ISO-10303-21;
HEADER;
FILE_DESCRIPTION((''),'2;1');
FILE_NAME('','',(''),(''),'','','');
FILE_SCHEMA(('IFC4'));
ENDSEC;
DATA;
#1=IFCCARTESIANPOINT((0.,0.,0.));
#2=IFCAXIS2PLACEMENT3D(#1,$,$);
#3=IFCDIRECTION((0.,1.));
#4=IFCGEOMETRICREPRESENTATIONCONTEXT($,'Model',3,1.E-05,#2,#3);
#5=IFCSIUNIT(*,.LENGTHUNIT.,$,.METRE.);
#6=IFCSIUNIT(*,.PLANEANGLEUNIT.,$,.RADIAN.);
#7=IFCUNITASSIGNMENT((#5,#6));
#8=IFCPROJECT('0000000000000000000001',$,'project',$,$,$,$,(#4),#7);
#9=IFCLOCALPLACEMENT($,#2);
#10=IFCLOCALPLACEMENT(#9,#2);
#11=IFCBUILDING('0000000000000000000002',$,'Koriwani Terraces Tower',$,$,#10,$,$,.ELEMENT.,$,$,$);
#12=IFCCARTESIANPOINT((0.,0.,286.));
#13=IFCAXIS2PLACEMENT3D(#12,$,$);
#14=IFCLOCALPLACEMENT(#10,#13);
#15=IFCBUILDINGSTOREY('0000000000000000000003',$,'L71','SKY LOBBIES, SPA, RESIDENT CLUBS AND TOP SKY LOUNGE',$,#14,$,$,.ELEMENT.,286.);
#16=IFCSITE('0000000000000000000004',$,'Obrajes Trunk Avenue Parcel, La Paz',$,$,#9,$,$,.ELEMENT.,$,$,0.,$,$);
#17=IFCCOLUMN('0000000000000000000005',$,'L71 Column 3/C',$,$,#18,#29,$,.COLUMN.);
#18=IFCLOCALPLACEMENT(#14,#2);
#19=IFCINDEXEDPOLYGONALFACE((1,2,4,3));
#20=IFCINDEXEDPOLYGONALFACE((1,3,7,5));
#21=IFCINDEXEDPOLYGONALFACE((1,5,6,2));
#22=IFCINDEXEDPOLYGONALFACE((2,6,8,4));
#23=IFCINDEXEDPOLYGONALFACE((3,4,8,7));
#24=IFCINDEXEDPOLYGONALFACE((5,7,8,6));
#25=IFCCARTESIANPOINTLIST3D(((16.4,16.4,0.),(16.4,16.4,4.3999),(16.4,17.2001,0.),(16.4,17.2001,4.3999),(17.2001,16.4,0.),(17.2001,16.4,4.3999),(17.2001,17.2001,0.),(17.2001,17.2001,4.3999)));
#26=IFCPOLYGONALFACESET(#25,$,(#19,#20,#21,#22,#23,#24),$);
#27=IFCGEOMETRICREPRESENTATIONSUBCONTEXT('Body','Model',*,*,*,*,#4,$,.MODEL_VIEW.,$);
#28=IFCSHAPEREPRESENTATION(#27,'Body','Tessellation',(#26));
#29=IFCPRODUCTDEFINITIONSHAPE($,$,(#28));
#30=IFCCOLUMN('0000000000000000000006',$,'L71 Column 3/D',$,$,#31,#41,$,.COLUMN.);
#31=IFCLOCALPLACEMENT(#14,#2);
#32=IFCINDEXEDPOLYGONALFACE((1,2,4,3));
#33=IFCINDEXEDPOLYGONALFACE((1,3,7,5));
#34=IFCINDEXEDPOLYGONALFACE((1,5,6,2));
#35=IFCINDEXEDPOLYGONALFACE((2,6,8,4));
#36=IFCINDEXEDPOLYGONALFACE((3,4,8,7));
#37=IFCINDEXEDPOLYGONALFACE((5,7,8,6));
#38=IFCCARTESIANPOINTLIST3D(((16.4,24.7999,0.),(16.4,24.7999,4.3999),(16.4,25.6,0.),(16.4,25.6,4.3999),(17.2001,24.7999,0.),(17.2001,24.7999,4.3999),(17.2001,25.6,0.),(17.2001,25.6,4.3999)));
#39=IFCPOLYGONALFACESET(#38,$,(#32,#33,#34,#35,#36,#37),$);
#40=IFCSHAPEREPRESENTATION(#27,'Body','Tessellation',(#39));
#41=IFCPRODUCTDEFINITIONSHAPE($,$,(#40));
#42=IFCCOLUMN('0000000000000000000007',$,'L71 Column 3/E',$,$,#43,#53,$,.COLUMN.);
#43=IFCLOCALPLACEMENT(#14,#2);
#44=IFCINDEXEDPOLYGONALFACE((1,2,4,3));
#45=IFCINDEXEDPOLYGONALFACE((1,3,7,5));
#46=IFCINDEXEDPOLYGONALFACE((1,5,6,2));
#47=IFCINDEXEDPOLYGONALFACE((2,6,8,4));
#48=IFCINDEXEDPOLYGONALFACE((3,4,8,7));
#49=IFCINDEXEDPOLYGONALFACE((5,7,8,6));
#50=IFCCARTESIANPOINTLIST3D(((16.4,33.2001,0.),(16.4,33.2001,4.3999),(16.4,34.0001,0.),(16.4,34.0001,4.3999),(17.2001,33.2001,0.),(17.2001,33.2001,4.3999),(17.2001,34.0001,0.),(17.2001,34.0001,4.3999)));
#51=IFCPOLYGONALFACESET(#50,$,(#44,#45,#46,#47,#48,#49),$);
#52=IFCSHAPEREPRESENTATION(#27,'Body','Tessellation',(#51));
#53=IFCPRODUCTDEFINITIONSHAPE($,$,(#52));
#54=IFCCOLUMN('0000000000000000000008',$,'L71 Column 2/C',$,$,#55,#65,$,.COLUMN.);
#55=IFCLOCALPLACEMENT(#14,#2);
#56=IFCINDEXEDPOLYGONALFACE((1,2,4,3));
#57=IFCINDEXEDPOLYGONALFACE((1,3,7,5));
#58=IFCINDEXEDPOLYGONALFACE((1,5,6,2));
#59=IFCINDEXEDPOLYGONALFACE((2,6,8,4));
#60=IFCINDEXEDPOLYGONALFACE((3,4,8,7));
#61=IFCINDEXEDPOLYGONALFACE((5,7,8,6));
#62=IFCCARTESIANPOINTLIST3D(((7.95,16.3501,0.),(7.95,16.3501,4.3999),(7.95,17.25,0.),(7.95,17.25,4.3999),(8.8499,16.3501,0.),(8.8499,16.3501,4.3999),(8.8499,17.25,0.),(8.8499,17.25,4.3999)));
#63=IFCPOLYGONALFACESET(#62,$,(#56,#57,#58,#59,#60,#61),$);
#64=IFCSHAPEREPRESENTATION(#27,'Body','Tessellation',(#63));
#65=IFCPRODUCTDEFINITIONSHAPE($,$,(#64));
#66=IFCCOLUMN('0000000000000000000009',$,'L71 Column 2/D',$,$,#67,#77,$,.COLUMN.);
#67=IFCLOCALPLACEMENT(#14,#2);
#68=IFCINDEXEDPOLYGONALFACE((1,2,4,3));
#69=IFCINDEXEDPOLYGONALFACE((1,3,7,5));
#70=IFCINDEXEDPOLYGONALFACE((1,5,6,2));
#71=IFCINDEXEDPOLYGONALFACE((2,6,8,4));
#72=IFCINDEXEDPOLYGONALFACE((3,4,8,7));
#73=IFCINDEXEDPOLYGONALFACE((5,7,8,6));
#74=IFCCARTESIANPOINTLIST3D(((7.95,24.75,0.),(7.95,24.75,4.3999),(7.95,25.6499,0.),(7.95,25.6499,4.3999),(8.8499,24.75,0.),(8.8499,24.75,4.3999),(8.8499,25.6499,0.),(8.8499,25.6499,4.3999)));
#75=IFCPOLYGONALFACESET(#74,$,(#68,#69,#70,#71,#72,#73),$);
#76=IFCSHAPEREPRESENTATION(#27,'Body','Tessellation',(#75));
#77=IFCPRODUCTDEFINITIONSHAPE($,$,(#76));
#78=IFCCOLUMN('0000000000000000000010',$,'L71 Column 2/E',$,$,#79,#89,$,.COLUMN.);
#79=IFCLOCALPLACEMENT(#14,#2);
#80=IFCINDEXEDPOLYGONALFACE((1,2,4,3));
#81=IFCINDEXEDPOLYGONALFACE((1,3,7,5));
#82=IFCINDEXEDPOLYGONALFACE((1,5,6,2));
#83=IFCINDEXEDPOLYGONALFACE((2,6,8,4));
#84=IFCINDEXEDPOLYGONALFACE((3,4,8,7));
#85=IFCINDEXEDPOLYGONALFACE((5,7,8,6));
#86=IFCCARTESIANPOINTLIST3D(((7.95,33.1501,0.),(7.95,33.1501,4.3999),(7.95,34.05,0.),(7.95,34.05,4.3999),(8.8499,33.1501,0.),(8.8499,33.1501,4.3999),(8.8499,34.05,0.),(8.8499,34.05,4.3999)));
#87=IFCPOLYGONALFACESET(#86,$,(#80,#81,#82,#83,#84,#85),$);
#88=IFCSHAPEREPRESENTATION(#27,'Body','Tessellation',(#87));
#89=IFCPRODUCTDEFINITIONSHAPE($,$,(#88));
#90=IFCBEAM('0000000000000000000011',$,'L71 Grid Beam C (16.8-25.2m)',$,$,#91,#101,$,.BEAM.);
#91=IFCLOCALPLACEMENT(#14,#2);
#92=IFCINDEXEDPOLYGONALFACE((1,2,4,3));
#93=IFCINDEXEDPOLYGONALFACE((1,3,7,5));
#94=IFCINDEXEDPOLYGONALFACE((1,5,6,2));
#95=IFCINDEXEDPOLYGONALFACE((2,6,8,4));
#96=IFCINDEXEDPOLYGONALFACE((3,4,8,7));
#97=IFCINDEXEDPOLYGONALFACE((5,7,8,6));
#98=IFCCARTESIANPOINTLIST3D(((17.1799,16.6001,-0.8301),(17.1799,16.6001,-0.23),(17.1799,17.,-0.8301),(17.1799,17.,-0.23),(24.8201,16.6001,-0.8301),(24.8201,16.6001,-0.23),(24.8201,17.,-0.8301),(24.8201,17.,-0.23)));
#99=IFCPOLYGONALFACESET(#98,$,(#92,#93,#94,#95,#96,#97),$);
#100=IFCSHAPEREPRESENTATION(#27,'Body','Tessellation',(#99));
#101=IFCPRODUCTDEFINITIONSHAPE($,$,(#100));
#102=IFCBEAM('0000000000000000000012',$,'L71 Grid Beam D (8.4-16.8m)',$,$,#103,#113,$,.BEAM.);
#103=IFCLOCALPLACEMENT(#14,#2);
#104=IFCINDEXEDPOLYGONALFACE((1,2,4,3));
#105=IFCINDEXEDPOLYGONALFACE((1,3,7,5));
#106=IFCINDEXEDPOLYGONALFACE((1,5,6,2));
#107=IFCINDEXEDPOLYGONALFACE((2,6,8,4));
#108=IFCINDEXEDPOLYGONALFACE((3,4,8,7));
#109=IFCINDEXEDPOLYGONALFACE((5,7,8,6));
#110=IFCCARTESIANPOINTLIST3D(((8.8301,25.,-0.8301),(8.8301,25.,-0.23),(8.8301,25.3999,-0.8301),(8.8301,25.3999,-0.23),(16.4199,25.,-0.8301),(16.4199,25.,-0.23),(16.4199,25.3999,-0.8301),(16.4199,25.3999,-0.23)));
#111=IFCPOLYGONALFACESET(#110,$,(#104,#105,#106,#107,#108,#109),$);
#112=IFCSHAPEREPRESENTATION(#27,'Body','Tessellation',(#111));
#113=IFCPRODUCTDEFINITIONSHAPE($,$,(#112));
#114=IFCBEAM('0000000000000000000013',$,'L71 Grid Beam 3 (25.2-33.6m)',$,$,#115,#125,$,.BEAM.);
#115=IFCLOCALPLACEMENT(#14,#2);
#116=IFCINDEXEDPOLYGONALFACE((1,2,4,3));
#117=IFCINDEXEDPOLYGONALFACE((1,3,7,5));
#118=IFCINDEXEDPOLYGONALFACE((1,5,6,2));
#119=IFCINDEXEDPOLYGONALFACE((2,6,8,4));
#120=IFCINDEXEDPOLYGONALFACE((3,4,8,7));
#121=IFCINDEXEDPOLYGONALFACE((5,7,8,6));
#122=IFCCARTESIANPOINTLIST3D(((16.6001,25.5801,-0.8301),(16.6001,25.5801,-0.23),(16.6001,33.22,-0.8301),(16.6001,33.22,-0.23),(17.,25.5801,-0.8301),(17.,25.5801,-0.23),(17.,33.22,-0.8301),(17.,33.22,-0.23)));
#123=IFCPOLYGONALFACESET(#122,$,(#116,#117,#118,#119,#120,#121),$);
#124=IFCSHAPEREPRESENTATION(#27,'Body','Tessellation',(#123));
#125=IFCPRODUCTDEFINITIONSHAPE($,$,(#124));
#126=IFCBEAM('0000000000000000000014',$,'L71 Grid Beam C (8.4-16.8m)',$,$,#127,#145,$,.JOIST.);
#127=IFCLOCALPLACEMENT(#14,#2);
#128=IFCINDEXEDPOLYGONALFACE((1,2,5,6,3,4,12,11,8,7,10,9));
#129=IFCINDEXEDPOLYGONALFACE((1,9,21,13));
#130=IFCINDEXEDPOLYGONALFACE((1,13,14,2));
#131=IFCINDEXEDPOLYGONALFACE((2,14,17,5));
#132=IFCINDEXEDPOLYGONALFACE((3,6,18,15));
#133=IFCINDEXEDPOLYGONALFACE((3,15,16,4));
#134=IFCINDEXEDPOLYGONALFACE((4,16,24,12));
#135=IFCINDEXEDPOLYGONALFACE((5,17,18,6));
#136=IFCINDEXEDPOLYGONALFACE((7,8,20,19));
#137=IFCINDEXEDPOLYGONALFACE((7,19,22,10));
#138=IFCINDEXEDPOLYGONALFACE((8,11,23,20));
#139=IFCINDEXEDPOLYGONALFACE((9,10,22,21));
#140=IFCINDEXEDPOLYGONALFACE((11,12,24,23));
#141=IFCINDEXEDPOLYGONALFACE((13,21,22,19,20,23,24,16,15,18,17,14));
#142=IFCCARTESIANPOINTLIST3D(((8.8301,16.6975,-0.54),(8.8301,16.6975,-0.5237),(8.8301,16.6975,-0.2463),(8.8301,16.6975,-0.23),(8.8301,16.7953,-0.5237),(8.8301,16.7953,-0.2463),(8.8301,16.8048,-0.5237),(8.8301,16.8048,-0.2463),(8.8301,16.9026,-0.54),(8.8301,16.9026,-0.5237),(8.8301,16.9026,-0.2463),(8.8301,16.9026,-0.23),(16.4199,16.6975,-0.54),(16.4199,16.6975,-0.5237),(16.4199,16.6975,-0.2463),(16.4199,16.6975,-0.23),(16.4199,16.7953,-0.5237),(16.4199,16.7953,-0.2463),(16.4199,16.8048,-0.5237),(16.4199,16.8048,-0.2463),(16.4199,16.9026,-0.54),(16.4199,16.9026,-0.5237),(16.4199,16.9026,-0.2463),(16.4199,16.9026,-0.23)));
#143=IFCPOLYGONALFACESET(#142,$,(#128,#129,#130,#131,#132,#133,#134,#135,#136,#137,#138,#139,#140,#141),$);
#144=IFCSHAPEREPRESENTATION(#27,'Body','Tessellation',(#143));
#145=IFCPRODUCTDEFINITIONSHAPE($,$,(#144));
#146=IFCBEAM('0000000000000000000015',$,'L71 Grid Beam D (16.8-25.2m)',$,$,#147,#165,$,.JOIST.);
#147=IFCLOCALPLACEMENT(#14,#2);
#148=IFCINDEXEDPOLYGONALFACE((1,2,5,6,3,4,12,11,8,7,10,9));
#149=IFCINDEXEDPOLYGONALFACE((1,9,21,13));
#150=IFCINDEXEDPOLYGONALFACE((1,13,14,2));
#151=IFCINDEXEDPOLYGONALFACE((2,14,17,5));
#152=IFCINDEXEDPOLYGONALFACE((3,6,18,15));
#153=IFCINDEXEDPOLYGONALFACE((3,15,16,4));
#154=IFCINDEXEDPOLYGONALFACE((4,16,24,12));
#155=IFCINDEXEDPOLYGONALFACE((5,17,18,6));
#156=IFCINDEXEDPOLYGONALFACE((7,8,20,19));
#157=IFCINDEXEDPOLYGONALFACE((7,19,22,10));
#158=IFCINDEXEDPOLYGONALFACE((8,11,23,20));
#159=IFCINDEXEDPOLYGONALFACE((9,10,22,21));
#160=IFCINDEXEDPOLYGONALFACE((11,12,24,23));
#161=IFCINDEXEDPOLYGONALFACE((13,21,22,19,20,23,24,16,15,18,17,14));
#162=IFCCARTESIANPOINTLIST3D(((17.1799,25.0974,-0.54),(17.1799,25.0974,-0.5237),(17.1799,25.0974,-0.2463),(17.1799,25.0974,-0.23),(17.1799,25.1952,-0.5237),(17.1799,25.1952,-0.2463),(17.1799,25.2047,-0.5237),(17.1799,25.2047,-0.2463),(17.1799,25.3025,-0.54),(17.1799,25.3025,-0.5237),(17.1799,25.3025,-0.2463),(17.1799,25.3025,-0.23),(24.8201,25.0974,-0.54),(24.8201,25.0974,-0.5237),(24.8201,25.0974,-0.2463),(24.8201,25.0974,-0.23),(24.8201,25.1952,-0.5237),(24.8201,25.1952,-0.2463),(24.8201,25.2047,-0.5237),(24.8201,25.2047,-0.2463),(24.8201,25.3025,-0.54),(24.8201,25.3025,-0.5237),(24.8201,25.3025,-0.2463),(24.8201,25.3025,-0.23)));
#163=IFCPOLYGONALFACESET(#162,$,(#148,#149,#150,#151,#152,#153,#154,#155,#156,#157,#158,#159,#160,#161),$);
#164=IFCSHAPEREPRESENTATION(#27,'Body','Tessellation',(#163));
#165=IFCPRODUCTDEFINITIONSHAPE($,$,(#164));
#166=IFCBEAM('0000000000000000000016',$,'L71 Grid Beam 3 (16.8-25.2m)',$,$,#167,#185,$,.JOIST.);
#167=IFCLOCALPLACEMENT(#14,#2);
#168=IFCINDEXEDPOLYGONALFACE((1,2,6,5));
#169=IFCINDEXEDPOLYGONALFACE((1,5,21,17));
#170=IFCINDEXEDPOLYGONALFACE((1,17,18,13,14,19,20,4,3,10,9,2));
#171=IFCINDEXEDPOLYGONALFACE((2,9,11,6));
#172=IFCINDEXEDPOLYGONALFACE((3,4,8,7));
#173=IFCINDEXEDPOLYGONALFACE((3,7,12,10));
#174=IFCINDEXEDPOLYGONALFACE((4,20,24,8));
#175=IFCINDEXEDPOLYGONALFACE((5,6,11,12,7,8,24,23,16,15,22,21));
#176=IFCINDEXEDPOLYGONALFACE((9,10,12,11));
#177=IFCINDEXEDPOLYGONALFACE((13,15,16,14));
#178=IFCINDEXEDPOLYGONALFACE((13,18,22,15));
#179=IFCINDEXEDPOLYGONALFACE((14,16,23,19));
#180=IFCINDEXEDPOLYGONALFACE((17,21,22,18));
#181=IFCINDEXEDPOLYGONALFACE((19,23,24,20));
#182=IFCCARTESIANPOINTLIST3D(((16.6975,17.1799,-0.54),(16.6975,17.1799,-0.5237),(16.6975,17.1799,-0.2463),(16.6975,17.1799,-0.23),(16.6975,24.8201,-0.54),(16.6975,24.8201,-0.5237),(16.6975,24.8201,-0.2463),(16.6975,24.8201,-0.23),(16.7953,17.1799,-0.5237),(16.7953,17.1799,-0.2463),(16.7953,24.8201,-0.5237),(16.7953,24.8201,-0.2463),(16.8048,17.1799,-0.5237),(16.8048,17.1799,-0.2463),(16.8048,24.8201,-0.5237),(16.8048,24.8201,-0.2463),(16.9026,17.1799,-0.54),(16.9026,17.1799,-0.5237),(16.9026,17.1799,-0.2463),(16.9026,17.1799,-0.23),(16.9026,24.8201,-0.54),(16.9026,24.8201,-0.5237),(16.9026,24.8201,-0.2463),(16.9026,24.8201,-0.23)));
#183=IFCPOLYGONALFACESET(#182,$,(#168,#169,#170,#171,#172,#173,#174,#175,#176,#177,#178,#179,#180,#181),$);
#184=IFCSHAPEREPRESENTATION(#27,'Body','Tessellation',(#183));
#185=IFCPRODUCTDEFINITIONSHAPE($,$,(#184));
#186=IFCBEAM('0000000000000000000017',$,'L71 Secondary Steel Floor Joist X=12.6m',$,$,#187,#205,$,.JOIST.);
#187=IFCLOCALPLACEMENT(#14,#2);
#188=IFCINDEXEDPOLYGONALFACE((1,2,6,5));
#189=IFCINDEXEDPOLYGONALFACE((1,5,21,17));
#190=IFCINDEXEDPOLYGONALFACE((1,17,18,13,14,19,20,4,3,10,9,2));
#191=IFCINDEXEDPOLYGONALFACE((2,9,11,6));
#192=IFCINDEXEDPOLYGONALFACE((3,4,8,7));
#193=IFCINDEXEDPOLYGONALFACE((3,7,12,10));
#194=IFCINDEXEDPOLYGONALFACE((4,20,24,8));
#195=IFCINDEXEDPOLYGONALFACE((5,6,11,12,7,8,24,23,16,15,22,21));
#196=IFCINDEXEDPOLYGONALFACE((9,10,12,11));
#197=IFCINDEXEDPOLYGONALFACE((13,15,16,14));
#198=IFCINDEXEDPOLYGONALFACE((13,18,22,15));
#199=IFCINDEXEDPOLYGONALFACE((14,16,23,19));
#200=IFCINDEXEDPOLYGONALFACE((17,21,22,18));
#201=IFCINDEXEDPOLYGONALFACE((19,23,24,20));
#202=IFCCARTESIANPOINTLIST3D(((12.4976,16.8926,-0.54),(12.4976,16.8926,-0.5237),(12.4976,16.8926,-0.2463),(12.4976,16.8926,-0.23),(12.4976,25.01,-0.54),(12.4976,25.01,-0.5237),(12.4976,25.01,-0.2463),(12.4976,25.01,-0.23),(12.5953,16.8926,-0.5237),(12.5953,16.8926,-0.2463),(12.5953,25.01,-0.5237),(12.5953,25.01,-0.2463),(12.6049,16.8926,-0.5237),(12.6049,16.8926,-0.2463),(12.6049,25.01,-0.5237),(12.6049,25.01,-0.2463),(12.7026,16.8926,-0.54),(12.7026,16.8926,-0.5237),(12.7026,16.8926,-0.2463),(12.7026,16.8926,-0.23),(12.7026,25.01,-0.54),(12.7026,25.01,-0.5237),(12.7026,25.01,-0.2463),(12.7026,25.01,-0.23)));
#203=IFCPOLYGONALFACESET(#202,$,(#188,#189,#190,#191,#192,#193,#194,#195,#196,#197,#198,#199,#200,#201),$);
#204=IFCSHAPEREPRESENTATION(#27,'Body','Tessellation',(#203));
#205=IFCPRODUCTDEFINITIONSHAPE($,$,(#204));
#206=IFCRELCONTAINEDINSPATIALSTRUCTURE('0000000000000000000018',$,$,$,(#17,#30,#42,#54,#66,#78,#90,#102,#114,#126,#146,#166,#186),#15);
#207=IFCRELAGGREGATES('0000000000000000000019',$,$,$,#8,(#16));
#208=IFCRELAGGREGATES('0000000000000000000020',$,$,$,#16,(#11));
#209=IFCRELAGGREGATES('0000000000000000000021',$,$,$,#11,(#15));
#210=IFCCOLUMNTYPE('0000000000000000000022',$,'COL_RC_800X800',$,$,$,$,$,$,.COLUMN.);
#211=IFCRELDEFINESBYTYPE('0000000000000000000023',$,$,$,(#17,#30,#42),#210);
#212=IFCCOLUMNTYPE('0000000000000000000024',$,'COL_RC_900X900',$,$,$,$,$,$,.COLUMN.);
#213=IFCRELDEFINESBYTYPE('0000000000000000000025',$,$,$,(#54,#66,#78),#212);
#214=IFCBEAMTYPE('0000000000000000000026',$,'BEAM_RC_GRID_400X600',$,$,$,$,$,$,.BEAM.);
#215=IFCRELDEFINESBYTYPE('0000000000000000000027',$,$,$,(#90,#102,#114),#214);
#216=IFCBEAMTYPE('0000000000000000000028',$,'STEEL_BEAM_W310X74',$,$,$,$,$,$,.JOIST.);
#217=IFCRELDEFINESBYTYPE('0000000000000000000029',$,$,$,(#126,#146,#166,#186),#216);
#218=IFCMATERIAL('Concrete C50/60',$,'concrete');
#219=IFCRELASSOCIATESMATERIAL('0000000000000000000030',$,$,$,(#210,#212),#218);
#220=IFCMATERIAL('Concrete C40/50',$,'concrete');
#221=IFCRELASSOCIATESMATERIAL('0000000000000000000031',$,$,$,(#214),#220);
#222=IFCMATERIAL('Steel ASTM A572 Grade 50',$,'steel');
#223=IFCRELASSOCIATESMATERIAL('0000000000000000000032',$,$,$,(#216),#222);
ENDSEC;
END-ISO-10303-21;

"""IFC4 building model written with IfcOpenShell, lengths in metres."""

from ifc_helpers import new_model, si_unit, direction, frame, origin, origin_2d, place, context, subcontext, project, spatial, rectangle, i_section, extrude, material, material_profile, profile_set, type_object, element, save


model = new_model("IFC4")

# Units and contexts
model_context = context("Model", 3, precision=1e-05, world=origin(), true_north=direction((0.0, 1.0)))
body_context = subcontext(model_context, "Body", "Model", "MODEL_VIEW")
ifc_project = project(units=[si_unit("LENGTHUNIT", "METRE"), si_unit("PLANEANGLEUNIT", "RADIAN")], contexts=[model_context])

# Site, building, storey
site_placement = place(None, origin())
site = spatial("IfcSite", under=ifc_project, at=site_placement, Name="Obrajes Trunk Avenue Parcel, La Paz", CompositionType="ELEMENT", RefElevation=0.0)
building_placement = place(site_placement, origin())
building = spatial("IfcBuilding", under=site, at=building_placement, Name="Koriwani Terraces Tower", CompositionType="ELEMENT")
storey_placement = place(building_placement, frame((0.0, 0.0, 286.0)))
storey = spatial("IfcBuildingStorey", under=building, at=storey_placement, Name="L71", Description="SKY LOBBIES, SPA, RESIDENT CLUBS AND TOP SKY LOUNGE", CompositionType="ELEMENT", Elevation=286.0)

# Columns
ifc_material_1 = material(Name="Concrete C50/60", Category="concrete")
ifc_material_profile_1 = material_profile(ifc_material_1, rectangle(XDim=0.8, YDim=0.8, at=origin_2d()), Name="Concrete C50/60", Category="LoadBearing")
ifc_profile_set_1 = profile_set([ifc_material_profile_1], Name="Concrete C50/60")
column_type_1 = type_object("IfcColumnType", Name="COL_RC_800X800", PredefinedType="COLUMN", material=ifc_profile_set_1)
for number, where, z_axis, x_axis, name in (
    (1, (16.8, 16.8, 0.0), (0.0, 0.0, 1.0), (1.0, 0.0, 0.0), "L71 Column 3/C"),
    (2, (16.8, 25.2, 0.0), (0.0, 0.0, 1.0), (1.0, 0.0, 0.0), "L71 Column 3/D"),
    (3, (16.8, 33.6001, 0.0), (0.0, 0.0, 1.0), (1.0, 0.0, 0.0), "L71 Column 3/E"),
):
    element("IfcColumn", number, at=place(storey_placement, frame(where, z_axis=z_axis, x_axis=x_axis)), inside=storey, type_object=column_type_1, Name=name, PredefinedType="COLUMN", context=body_context, shape_type="SweptSolid", body=[
        extrude(rectangle(XDim=0.8, YDim=0.8, at=origin_2d()), origin(), (0.0, 0.0, 1.0), 4.3999),
    ])
ifc_material_profile_2 = material_profile(ifc_material_1, rectangle(XDim=0.8999, YDim=0.8999, at=origin_2d()), Name="Concrete C50/60", Category="LoadBearing")
ifc_profile_set_2 = profile_set([ifc_material_profile_2], Name="Concrete C50/60")
column_type_2 = type_object("IfcColumnType", Name="COL_RC_900X900", PredefinedType="COLUMN", material=ifc_profile_set_2)
for number, where, z_axis, x_axis, name in (
    (4, (8.3999, 16.8, 0.0), (0.0, 0.0, 1.0), (1.0, 0.0, 0.0), "L71 Column 2/C"),
    (5, (8.3999, 25.2, 0.0), (0.0, 0.0, 1.0), (1.0, 0.0, 0.0), "L71 Column 2/D"),
    (6, (8.3999, 33.6001, 0.0), (0.0, 0.0, 1.0), (1.0, 0.0, 0.0), "L71 Column 2/E"),
):
    element("IfcColumn", number, at=place(storey_placement, frame(where, z_axis=z_axis, x_axis=x_axis)), inside=storey, type_object=column_type_2, Name=name, PredefinedType="COLUMN", context=body_context, shape_type="SweptSolid", body=[
        extrude(rectangle(XDim=0.8999, YDim=0.8999, at=origin_2d()), origin(), (0.0, 0.0, 1.0), 4.3999),
    ])

# Beams
ifc_material_2 = material(Name="Concrete C40/50", Category="concrete")
ifc_material_profile_3 = material_profile(ifc_material_2, rectangle(XDim=0.3999, YDim=0.6001, at=origin_2d()), Name="Concrete C40/50", Category="LoadBearing")
ifc_profile_set_3 = profile_set([ifc_material_profile_3], Name="Concrete C40/50")
beam_type_1 = type_object("IfcBeamType", Name="BEAM_RC_GRID_400X600", PredefinedType="BEAM", material=ifc_profile_set_3)
beam_1_placement = place(storey_placement, frame((17.1799, 16.8, -0.53), z_axis=(1.0, 0.0, 0.0), x_axis=(0.0, 1.0, 0.0)))
element("IfcBeam", 7, at=beam_1_placement, inside=storey, type_object=beam_type_1, Name="L71 Grid Beam C (16.8-25.2m)", PredefinedType="BEAM", context=body_context, shape_type="SweptSolid", body=[
    extrude(rectangle(XDim=0.3999, YDim=0.6001, at=origin_2d()), origin(), (0.0, 0.0, 1.0), 7.6401),
])
beam_2_placement = place(storey_placement, frame((8.8301, 25.2, -0.53), z_axis=(1.0, 0.0, 0.0), x_axis=(0.0, 1.0, 0.0)))
element("IfcBeam", 8, at=beam_2_placement, inside=storey, type_object=beam_type_1, Name="L71 Grid Beam D (8.4-16.8m)", PredefinedType="BEAM", context=body_context, shape_type="SweptSolid", body=[
    extrude(rectangle(XDim=0.3999, YDim=0.6001, at=origin_2d()), origin(), (0.0, 0.0, 1.0), 7.5898),
])
beam_3_placement = place(storey_placement, frame((16.8, 25.5801, -0.53), z_axis=(0.0, 1.0, 0.0), x_axis=(-1.0, 0.0, 0.0)))
element("IfcBeam", 9, at=beam_3_placement, inside=storey, type_object=beam_type_1, Name="L71 Grid Beam 3 (25.2-33.6m)", PredefinedType="BEAM", context=body_context, shape_type="SweptSolid", body=[
    extrude(rectangle(XDim=0.3999, YDim=0.6001, at=origin_2d()), origin(), (0.0, 0.0, 1.0), 7.6399),
])
ifc_material_3 = material(Name="Steel ASTM A572 Grade 50", Category="steel")
ifc_material_profile_4 = material_profile(ifc_material_3, i_section(OverallWidth=0.2051, OverallDepth=0.3101, WebThickness=0.0095, FlangeThickness=0.0164, at=origin_2d()), Name="Steel ASTM A572 Grade 50", Category="LoadBearing")
ifc_profile_set_4 = profile_set([ifc_material_profile_4], Name="Steel ASTM A572 Grade 50")
beam_type_2 = type_object("IfcBeamType", Name="STEEL_BEAM_W310X74", PredefinedType="JOIST", material=ifc_profile_set_4)
beam_4_placement = place(storey_placement, frame((8.8301, 16.8, -0.385), z_axis=(1.0, 0.0, 0.0), x_axis=(0.0, 1.0, 0.0)))
element("IfcBeam", 10, at=beam_4_placement, inside=storey, type_object=beam_type_2, Name="L71 Grid Beam C (8.4-16.8m)", PredefinedType="JOIST", context=body_context, shape_type="SweptSolid", body=[
    extrude(i_section(OverallWidth=0.2051, OverallDepth=0.3101, WebThickness=0.0095, FlangeThickness=0.0164, at=origin_2d()), origin(), (0.0, 0.0, 1.0), 7.5898),
])
for number, where, z_axis, x_axis, name in (
    (11, (17.1799, 25.2, -0.385), (1.0, 0.0, 0.0), (0.0, 1.0, 0.0), "L71 Grid Beam D (16.8-25.2m)"),
    (12, (16.8, 17.1799, -0.385), (0.0, 1.0, 0.0), (-1.0, 0.0, 0.0), "L71 Grid Beam 3 (16.8-25.2m)"),
):
    element("IfcBeam", number, at=place(storey_placement, frame(where, z_axis=z_axis, x_axis=x_axis)), inside=storey, type_object=beam_type_2, Name=name, PredefinedType="JOIST", context=body_context, shape_type="SweptSolid", body=[
        extrude(i_section(OverallWidth=0.2051, OverallDepth=0.3101, WebThickness=0.0095, FlangeThickness=0.0164, at=origin_2d()), origin(), (0.0, 0.0, 1.0), 7.6401),
    ])
beam_5_placement = place(storey_placement, frame((12.6001, 16.8926, -0.385), z_axis=(0.0, 1.0, 0.0), x_axis=(-1.0, 0.0, 0.0)))
element("IfcBeam", 13, at=beam_5_placement, inside=storey, type_object=beam_type_2, Name="L71 Secondary Steel Floor Joist X=12.6m", PredefinedType="JOIST", context=body_context, shape_type="SweptSolid", body=[
    extrude(i_section(OverallWidth=0.2051, OverallDepth=0.3101, WebThickness=0.0095, FlangeThickness=0.0164, at=origin_2d()), origin(), (0.0, 0.0, 1.0), 8.1174),
])

save(model, "model.ifc")
